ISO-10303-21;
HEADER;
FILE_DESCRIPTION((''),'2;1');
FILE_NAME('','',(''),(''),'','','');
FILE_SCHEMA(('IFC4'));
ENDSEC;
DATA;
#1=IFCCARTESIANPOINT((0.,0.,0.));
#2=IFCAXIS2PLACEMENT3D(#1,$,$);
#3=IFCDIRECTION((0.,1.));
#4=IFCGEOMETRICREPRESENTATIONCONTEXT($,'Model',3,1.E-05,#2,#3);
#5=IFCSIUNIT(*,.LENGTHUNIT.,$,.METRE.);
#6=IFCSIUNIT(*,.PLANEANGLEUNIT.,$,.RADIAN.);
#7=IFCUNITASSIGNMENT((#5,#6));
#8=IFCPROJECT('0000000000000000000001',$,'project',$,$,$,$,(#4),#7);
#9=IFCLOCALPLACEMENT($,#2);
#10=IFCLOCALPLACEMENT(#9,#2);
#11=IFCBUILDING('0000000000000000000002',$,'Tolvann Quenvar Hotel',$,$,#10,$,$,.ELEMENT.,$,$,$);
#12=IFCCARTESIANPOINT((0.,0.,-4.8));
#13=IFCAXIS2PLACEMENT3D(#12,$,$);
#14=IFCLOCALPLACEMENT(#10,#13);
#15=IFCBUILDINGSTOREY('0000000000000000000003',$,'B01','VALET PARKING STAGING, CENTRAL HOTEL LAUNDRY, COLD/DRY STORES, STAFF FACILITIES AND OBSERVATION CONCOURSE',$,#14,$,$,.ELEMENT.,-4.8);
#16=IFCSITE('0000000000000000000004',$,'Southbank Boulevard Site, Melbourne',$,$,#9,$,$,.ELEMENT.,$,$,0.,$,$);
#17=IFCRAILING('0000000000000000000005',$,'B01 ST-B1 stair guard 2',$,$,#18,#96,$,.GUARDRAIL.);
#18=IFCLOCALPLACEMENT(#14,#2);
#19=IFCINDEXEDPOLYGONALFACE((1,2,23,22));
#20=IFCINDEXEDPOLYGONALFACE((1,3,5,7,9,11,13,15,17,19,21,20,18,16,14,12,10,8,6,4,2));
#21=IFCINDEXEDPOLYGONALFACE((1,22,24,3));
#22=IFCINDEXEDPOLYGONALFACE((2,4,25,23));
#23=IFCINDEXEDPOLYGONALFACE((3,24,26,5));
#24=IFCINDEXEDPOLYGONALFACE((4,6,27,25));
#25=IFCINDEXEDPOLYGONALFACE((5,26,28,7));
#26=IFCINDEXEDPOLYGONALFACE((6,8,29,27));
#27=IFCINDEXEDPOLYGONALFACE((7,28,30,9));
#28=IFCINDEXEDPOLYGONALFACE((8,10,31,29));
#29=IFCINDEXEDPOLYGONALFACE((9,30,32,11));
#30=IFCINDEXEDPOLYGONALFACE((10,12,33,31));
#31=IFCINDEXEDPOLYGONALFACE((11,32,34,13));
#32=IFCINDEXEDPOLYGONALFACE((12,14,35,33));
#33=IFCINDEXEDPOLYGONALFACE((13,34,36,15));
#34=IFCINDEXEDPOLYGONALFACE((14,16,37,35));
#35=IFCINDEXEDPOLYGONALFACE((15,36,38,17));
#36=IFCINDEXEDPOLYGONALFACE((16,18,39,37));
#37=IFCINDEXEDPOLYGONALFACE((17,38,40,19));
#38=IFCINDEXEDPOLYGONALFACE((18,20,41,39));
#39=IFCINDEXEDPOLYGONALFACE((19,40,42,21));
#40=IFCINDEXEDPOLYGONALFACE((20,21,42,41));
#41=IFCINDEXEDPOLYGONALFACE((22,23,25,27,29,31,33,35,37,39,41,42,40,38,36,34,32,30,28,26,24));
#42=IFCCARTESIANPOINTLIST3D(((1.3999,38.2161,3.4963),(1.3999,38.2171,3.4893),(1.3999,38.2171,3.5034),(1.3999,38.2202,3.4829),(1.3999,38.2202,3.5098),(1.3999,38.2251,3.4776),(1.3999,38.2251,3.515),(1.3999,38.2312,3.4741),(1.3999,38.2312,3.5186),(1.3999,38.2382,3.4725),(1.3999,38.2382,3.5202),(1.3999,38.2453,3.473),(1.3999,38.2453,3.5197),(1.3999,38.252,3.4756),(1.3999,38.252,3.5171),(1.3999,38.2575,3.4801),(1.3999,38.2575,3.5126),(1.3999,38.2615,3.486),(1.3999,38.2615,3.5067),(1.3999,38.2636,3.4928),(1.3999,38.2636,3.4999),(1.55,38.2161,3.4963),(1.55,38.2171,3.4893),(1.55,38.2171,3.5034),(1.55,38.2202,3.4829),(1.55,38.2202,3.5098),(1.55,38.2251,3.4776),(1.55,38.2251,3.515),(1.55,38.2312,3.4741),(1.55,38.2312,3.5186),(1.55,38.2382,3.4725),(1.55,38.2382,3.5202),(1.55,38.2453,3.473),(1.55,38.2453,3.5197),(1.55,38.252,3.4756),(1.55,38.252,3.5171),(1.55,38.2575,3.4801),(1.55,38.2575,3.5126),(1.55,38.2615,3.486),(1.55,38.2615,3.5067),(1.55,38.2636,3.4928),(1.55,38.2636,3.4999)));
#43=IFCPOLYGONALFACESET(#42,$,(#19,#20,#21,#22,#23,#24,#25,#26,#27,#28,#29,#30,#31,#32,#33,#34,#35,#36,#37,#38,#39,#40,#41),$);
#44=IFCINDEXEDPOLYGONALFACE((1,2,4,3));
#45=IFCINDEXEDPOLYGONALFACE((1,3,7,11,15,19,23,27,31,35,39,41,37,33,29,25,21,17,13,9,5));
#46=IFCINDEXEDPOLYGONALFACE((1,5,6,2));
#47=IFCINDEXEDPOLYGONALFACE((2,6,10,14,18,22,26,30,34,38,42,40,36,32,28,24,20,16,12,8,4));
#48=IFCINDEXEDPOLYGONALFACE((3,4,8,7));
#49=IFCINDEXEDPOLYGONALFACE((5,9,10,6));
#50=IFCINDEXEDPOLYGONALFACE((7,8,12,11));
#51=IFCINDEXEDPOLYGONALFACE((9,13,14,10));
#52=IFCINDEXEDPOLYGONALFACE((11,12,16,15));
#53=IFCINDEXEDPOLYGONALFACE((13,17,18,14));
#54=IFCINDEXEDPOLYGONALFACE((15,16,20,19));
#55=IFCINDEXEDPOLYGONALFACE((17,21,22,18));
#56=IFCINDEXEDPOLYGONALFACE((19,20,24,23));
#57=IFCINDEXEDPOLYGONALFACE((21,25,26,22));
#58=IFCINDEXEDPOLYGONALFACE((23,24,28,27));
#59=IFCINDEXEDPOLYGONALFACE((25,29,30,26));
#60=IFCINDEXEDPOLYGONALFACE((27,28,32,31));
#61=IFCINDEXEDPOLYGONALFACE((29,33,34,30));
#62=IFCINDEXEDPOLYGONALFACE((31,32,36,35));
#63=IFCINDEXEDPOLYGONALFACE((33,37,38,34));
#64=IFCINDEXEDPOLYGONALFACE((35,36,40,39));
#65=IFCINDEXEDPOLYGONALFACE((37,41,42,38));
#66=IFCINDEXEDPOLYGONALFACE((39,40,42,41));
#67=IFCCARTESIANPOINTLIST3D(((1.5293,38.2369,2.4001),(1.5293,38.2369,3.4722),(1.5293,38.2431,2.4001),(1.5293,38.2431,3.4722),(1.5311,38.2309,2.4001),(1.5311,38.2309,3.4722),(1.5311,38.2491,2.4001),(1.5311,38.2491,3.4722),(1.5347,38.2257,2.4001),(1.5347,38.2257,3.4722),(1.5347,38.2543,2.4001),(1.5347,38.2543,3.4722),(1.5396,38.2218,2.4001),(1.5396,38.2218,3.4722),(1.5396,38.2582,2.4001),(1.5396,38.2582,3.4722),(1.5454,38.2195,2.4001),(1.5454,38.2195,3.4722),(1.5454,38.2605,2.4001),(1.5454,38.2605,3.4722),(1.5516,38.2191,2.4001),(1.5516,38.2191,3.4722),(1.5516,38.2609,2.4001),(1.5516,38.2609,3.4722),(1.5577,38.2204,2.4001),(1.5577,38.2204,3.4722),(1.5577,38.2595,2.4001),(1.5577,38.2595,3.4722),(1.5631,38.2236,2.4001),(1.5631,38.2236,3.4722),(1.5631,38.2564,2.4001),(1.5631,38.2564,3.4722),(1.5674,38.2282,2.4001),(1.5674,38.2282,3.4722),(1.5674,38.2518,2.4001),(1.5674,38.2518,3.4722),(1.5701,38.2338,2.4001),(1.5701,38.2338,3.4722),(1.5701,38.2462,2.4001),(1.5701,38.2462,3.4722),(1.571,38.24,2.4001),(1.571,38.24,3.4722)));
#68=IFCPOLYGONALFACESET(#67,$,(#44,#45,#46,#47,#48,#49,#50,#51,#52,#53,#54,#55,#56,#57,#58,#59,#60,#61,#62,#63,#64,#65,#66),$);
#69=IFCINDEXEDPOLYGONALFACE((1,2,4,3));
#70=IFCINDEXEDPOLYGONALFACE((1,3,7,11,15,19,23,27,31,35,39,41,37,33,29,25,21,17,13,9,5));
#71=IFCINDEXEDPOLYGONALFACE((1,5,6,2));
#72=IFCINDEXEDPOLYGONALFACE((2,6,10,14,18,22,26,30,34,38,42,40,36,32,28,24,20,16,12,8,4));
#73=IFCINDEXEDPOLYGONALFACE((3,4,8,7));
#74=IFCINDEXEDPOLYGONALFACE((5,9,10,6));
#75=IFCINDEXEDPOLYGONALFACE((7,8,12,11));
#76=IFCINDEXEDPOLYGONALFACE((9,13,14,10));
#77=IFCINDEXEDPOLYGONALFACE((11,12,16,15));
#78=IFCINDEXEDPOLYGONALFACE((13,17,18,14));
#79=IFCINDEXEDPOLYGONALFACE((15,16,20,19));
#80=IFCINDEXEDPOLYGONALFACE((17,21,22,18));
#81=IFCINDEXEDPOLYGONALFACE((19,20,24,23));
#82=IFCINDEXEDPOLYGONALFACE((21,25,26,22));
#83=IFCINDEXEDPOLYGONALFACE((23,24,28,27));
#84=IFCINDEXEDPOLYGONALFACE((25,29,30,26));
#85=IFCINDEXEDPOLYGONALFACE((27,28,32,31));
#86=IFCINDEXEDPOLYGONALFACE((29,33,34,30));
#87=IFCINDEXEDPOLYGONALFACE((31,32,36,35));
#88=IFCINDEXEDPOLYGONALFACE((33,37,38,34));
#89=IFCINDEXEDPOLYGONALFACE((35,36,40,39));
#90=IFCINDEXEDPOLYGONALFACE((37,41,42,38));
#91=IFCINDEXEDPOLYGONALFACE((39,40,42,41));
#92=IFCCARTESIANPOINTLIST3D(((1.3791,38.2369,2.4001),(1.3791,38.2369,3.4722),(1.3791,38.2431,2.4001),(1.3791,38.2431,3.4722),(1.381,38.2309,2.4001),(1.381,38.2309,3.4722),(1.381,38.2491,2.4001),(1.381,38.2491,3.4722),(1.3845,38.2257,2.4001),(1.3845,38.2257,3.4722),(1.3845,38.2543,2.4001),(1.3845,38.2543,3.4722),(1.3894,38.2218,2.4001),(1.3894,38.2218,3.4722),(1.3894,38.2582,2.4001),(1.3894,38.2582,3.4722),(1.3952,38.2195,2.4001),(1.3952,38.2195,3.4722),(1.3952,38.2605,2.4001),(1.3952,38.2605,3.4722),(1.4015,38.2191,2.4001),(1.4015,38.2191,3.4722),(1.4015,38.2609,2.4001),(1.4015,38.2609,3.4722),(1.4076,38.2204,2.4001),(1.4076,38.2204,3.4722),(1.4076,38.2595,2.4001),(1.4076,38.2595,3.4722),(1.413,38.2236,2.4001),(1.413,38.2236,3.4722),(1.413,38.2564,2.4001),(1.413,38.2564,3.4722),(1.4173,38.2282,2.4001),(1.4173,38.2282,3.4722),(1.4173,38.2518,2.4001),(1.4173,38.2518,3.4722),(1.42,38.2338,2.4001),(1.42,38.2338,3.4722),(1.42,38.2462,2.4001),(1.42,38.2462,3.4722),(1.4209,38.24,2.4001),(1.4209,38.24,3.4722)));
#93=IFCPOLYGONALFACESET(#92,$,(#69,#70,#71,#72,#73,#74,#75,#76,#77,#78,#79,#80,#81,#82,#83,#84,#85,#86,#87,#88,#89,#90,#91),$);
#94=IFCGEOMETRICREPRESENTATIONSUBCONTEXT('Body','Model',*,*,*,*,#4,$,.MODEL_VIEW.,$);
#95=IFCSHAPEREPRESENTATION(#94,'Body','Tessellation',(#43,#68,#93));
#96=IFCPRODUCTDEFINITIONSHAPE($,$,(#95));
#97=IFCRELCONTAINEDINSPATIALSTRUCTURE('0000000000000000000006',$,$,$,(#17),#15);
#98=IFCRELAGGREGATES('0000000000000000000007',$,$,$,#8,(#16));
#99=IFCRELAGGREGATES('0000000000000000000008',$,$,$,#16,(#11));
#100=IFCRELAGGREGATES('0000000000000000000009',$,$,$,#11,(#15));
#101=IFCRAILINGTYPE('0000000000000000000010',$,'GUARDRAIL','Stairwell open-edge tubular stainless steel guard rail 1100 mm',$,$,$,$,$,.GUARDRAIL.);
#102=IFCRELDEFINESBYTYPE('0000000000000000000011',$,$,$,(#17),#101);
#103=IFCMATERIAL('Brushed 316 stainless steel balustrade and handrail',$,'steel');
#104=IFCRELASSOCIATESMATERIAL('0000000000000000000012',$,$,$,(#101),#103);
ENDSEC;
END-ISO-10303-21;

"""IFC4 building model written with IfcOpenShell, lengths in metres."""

from ifc_helpers import new_model, si_unit, direction, frame, origin, origin_2d, place, context, subcontext, project, spatial, circle, extrude, material, type_object, element, save


model = new_model("IFC4")

# Units and contexts
model_context = context("Model", 3, precision=1e-05, world=origin(), true_north=direction((0.0, 1.0)))
body_context = subcontext(model_context, "Body", "Model", "MODEL_VIEW")
ifc_project = project(units=[si_unit("LENGTHUNIT", "METRE"), si_unit("PLANEANGLEUNIT", "RADIAN")], contexts=[model_context])

# Site, building, storey
site_placement = place(None, origin())
site = spatial("IfcSite", under=ifc_project, at=site_placement, Name="Southbank Boulevard Site, Melbourne", CompositionType="ELEMENT", RefElevation=0.0)
building_placement = place(site_placement, origin())
building = spatial("IfcBuilding", under=site, at=building_placement, Name="Tolvann Quenvar Hotel", CompositionType="ELEMENT")
storey_placement = place(building_placement, frame((0.0, 0.0, -4.8)))
storey = spatial("IfcBuildingStorey", under=building, at=storey_placement, Name="B01", Description="VALET PARKING STAGING, CENTRAL HOTEL LAUNDRY, COLD/DRY STORES, STAFF FACILITIES AND OBSERVATION CONCOURSE", CompositionType="ELEMENT", Elevation=-4.8)

# Railing
ifc_material_1 = material(Name="Brushed 316 stainless steel balustrade and handrail", Category="steel")
railing_type_1 = type_object("IfcRailingType", Name="GUARDRAIL", Description="Stairwell open-edge tubular stainless steel guard rail 1100 mm", PredefinedType="GUARDRAIL", material=ifc_material_1)
railing_1_placement = place(storey_placement, frame((1.55, 38.24, 2.4001)))
element("IfcRailing", 1, at=railing_1_placement, inside=storey, type_object=railing_type_1, Name="B01 ST-B1 stair guard 2", PredefinedType="GUARDRAIL", context=body_context, shape_type="SweptSolid", body=[
    extrude(circle(Radius=0.0239, at=origin_2d()), frame((0.0, 0.0, 1.0962), z_axis=(-1.0, 0.0, 0.0), x_axis=(0.0, -1.0, 0.0)), (0.0, 0.0, 1.0), 0.1501),
    extrude(circle(Radius=0.021, at=origin_2d()), origin(), (0.0, 0.0, 1.0), 1.072),
    extrude(circle(Radius=0.021, at=origin_2d()), frame((-0.1501, 0.0, 0.0)), (0.0, 0.0, 1.0), 1.072),
])

save(model, "model.ifc")
